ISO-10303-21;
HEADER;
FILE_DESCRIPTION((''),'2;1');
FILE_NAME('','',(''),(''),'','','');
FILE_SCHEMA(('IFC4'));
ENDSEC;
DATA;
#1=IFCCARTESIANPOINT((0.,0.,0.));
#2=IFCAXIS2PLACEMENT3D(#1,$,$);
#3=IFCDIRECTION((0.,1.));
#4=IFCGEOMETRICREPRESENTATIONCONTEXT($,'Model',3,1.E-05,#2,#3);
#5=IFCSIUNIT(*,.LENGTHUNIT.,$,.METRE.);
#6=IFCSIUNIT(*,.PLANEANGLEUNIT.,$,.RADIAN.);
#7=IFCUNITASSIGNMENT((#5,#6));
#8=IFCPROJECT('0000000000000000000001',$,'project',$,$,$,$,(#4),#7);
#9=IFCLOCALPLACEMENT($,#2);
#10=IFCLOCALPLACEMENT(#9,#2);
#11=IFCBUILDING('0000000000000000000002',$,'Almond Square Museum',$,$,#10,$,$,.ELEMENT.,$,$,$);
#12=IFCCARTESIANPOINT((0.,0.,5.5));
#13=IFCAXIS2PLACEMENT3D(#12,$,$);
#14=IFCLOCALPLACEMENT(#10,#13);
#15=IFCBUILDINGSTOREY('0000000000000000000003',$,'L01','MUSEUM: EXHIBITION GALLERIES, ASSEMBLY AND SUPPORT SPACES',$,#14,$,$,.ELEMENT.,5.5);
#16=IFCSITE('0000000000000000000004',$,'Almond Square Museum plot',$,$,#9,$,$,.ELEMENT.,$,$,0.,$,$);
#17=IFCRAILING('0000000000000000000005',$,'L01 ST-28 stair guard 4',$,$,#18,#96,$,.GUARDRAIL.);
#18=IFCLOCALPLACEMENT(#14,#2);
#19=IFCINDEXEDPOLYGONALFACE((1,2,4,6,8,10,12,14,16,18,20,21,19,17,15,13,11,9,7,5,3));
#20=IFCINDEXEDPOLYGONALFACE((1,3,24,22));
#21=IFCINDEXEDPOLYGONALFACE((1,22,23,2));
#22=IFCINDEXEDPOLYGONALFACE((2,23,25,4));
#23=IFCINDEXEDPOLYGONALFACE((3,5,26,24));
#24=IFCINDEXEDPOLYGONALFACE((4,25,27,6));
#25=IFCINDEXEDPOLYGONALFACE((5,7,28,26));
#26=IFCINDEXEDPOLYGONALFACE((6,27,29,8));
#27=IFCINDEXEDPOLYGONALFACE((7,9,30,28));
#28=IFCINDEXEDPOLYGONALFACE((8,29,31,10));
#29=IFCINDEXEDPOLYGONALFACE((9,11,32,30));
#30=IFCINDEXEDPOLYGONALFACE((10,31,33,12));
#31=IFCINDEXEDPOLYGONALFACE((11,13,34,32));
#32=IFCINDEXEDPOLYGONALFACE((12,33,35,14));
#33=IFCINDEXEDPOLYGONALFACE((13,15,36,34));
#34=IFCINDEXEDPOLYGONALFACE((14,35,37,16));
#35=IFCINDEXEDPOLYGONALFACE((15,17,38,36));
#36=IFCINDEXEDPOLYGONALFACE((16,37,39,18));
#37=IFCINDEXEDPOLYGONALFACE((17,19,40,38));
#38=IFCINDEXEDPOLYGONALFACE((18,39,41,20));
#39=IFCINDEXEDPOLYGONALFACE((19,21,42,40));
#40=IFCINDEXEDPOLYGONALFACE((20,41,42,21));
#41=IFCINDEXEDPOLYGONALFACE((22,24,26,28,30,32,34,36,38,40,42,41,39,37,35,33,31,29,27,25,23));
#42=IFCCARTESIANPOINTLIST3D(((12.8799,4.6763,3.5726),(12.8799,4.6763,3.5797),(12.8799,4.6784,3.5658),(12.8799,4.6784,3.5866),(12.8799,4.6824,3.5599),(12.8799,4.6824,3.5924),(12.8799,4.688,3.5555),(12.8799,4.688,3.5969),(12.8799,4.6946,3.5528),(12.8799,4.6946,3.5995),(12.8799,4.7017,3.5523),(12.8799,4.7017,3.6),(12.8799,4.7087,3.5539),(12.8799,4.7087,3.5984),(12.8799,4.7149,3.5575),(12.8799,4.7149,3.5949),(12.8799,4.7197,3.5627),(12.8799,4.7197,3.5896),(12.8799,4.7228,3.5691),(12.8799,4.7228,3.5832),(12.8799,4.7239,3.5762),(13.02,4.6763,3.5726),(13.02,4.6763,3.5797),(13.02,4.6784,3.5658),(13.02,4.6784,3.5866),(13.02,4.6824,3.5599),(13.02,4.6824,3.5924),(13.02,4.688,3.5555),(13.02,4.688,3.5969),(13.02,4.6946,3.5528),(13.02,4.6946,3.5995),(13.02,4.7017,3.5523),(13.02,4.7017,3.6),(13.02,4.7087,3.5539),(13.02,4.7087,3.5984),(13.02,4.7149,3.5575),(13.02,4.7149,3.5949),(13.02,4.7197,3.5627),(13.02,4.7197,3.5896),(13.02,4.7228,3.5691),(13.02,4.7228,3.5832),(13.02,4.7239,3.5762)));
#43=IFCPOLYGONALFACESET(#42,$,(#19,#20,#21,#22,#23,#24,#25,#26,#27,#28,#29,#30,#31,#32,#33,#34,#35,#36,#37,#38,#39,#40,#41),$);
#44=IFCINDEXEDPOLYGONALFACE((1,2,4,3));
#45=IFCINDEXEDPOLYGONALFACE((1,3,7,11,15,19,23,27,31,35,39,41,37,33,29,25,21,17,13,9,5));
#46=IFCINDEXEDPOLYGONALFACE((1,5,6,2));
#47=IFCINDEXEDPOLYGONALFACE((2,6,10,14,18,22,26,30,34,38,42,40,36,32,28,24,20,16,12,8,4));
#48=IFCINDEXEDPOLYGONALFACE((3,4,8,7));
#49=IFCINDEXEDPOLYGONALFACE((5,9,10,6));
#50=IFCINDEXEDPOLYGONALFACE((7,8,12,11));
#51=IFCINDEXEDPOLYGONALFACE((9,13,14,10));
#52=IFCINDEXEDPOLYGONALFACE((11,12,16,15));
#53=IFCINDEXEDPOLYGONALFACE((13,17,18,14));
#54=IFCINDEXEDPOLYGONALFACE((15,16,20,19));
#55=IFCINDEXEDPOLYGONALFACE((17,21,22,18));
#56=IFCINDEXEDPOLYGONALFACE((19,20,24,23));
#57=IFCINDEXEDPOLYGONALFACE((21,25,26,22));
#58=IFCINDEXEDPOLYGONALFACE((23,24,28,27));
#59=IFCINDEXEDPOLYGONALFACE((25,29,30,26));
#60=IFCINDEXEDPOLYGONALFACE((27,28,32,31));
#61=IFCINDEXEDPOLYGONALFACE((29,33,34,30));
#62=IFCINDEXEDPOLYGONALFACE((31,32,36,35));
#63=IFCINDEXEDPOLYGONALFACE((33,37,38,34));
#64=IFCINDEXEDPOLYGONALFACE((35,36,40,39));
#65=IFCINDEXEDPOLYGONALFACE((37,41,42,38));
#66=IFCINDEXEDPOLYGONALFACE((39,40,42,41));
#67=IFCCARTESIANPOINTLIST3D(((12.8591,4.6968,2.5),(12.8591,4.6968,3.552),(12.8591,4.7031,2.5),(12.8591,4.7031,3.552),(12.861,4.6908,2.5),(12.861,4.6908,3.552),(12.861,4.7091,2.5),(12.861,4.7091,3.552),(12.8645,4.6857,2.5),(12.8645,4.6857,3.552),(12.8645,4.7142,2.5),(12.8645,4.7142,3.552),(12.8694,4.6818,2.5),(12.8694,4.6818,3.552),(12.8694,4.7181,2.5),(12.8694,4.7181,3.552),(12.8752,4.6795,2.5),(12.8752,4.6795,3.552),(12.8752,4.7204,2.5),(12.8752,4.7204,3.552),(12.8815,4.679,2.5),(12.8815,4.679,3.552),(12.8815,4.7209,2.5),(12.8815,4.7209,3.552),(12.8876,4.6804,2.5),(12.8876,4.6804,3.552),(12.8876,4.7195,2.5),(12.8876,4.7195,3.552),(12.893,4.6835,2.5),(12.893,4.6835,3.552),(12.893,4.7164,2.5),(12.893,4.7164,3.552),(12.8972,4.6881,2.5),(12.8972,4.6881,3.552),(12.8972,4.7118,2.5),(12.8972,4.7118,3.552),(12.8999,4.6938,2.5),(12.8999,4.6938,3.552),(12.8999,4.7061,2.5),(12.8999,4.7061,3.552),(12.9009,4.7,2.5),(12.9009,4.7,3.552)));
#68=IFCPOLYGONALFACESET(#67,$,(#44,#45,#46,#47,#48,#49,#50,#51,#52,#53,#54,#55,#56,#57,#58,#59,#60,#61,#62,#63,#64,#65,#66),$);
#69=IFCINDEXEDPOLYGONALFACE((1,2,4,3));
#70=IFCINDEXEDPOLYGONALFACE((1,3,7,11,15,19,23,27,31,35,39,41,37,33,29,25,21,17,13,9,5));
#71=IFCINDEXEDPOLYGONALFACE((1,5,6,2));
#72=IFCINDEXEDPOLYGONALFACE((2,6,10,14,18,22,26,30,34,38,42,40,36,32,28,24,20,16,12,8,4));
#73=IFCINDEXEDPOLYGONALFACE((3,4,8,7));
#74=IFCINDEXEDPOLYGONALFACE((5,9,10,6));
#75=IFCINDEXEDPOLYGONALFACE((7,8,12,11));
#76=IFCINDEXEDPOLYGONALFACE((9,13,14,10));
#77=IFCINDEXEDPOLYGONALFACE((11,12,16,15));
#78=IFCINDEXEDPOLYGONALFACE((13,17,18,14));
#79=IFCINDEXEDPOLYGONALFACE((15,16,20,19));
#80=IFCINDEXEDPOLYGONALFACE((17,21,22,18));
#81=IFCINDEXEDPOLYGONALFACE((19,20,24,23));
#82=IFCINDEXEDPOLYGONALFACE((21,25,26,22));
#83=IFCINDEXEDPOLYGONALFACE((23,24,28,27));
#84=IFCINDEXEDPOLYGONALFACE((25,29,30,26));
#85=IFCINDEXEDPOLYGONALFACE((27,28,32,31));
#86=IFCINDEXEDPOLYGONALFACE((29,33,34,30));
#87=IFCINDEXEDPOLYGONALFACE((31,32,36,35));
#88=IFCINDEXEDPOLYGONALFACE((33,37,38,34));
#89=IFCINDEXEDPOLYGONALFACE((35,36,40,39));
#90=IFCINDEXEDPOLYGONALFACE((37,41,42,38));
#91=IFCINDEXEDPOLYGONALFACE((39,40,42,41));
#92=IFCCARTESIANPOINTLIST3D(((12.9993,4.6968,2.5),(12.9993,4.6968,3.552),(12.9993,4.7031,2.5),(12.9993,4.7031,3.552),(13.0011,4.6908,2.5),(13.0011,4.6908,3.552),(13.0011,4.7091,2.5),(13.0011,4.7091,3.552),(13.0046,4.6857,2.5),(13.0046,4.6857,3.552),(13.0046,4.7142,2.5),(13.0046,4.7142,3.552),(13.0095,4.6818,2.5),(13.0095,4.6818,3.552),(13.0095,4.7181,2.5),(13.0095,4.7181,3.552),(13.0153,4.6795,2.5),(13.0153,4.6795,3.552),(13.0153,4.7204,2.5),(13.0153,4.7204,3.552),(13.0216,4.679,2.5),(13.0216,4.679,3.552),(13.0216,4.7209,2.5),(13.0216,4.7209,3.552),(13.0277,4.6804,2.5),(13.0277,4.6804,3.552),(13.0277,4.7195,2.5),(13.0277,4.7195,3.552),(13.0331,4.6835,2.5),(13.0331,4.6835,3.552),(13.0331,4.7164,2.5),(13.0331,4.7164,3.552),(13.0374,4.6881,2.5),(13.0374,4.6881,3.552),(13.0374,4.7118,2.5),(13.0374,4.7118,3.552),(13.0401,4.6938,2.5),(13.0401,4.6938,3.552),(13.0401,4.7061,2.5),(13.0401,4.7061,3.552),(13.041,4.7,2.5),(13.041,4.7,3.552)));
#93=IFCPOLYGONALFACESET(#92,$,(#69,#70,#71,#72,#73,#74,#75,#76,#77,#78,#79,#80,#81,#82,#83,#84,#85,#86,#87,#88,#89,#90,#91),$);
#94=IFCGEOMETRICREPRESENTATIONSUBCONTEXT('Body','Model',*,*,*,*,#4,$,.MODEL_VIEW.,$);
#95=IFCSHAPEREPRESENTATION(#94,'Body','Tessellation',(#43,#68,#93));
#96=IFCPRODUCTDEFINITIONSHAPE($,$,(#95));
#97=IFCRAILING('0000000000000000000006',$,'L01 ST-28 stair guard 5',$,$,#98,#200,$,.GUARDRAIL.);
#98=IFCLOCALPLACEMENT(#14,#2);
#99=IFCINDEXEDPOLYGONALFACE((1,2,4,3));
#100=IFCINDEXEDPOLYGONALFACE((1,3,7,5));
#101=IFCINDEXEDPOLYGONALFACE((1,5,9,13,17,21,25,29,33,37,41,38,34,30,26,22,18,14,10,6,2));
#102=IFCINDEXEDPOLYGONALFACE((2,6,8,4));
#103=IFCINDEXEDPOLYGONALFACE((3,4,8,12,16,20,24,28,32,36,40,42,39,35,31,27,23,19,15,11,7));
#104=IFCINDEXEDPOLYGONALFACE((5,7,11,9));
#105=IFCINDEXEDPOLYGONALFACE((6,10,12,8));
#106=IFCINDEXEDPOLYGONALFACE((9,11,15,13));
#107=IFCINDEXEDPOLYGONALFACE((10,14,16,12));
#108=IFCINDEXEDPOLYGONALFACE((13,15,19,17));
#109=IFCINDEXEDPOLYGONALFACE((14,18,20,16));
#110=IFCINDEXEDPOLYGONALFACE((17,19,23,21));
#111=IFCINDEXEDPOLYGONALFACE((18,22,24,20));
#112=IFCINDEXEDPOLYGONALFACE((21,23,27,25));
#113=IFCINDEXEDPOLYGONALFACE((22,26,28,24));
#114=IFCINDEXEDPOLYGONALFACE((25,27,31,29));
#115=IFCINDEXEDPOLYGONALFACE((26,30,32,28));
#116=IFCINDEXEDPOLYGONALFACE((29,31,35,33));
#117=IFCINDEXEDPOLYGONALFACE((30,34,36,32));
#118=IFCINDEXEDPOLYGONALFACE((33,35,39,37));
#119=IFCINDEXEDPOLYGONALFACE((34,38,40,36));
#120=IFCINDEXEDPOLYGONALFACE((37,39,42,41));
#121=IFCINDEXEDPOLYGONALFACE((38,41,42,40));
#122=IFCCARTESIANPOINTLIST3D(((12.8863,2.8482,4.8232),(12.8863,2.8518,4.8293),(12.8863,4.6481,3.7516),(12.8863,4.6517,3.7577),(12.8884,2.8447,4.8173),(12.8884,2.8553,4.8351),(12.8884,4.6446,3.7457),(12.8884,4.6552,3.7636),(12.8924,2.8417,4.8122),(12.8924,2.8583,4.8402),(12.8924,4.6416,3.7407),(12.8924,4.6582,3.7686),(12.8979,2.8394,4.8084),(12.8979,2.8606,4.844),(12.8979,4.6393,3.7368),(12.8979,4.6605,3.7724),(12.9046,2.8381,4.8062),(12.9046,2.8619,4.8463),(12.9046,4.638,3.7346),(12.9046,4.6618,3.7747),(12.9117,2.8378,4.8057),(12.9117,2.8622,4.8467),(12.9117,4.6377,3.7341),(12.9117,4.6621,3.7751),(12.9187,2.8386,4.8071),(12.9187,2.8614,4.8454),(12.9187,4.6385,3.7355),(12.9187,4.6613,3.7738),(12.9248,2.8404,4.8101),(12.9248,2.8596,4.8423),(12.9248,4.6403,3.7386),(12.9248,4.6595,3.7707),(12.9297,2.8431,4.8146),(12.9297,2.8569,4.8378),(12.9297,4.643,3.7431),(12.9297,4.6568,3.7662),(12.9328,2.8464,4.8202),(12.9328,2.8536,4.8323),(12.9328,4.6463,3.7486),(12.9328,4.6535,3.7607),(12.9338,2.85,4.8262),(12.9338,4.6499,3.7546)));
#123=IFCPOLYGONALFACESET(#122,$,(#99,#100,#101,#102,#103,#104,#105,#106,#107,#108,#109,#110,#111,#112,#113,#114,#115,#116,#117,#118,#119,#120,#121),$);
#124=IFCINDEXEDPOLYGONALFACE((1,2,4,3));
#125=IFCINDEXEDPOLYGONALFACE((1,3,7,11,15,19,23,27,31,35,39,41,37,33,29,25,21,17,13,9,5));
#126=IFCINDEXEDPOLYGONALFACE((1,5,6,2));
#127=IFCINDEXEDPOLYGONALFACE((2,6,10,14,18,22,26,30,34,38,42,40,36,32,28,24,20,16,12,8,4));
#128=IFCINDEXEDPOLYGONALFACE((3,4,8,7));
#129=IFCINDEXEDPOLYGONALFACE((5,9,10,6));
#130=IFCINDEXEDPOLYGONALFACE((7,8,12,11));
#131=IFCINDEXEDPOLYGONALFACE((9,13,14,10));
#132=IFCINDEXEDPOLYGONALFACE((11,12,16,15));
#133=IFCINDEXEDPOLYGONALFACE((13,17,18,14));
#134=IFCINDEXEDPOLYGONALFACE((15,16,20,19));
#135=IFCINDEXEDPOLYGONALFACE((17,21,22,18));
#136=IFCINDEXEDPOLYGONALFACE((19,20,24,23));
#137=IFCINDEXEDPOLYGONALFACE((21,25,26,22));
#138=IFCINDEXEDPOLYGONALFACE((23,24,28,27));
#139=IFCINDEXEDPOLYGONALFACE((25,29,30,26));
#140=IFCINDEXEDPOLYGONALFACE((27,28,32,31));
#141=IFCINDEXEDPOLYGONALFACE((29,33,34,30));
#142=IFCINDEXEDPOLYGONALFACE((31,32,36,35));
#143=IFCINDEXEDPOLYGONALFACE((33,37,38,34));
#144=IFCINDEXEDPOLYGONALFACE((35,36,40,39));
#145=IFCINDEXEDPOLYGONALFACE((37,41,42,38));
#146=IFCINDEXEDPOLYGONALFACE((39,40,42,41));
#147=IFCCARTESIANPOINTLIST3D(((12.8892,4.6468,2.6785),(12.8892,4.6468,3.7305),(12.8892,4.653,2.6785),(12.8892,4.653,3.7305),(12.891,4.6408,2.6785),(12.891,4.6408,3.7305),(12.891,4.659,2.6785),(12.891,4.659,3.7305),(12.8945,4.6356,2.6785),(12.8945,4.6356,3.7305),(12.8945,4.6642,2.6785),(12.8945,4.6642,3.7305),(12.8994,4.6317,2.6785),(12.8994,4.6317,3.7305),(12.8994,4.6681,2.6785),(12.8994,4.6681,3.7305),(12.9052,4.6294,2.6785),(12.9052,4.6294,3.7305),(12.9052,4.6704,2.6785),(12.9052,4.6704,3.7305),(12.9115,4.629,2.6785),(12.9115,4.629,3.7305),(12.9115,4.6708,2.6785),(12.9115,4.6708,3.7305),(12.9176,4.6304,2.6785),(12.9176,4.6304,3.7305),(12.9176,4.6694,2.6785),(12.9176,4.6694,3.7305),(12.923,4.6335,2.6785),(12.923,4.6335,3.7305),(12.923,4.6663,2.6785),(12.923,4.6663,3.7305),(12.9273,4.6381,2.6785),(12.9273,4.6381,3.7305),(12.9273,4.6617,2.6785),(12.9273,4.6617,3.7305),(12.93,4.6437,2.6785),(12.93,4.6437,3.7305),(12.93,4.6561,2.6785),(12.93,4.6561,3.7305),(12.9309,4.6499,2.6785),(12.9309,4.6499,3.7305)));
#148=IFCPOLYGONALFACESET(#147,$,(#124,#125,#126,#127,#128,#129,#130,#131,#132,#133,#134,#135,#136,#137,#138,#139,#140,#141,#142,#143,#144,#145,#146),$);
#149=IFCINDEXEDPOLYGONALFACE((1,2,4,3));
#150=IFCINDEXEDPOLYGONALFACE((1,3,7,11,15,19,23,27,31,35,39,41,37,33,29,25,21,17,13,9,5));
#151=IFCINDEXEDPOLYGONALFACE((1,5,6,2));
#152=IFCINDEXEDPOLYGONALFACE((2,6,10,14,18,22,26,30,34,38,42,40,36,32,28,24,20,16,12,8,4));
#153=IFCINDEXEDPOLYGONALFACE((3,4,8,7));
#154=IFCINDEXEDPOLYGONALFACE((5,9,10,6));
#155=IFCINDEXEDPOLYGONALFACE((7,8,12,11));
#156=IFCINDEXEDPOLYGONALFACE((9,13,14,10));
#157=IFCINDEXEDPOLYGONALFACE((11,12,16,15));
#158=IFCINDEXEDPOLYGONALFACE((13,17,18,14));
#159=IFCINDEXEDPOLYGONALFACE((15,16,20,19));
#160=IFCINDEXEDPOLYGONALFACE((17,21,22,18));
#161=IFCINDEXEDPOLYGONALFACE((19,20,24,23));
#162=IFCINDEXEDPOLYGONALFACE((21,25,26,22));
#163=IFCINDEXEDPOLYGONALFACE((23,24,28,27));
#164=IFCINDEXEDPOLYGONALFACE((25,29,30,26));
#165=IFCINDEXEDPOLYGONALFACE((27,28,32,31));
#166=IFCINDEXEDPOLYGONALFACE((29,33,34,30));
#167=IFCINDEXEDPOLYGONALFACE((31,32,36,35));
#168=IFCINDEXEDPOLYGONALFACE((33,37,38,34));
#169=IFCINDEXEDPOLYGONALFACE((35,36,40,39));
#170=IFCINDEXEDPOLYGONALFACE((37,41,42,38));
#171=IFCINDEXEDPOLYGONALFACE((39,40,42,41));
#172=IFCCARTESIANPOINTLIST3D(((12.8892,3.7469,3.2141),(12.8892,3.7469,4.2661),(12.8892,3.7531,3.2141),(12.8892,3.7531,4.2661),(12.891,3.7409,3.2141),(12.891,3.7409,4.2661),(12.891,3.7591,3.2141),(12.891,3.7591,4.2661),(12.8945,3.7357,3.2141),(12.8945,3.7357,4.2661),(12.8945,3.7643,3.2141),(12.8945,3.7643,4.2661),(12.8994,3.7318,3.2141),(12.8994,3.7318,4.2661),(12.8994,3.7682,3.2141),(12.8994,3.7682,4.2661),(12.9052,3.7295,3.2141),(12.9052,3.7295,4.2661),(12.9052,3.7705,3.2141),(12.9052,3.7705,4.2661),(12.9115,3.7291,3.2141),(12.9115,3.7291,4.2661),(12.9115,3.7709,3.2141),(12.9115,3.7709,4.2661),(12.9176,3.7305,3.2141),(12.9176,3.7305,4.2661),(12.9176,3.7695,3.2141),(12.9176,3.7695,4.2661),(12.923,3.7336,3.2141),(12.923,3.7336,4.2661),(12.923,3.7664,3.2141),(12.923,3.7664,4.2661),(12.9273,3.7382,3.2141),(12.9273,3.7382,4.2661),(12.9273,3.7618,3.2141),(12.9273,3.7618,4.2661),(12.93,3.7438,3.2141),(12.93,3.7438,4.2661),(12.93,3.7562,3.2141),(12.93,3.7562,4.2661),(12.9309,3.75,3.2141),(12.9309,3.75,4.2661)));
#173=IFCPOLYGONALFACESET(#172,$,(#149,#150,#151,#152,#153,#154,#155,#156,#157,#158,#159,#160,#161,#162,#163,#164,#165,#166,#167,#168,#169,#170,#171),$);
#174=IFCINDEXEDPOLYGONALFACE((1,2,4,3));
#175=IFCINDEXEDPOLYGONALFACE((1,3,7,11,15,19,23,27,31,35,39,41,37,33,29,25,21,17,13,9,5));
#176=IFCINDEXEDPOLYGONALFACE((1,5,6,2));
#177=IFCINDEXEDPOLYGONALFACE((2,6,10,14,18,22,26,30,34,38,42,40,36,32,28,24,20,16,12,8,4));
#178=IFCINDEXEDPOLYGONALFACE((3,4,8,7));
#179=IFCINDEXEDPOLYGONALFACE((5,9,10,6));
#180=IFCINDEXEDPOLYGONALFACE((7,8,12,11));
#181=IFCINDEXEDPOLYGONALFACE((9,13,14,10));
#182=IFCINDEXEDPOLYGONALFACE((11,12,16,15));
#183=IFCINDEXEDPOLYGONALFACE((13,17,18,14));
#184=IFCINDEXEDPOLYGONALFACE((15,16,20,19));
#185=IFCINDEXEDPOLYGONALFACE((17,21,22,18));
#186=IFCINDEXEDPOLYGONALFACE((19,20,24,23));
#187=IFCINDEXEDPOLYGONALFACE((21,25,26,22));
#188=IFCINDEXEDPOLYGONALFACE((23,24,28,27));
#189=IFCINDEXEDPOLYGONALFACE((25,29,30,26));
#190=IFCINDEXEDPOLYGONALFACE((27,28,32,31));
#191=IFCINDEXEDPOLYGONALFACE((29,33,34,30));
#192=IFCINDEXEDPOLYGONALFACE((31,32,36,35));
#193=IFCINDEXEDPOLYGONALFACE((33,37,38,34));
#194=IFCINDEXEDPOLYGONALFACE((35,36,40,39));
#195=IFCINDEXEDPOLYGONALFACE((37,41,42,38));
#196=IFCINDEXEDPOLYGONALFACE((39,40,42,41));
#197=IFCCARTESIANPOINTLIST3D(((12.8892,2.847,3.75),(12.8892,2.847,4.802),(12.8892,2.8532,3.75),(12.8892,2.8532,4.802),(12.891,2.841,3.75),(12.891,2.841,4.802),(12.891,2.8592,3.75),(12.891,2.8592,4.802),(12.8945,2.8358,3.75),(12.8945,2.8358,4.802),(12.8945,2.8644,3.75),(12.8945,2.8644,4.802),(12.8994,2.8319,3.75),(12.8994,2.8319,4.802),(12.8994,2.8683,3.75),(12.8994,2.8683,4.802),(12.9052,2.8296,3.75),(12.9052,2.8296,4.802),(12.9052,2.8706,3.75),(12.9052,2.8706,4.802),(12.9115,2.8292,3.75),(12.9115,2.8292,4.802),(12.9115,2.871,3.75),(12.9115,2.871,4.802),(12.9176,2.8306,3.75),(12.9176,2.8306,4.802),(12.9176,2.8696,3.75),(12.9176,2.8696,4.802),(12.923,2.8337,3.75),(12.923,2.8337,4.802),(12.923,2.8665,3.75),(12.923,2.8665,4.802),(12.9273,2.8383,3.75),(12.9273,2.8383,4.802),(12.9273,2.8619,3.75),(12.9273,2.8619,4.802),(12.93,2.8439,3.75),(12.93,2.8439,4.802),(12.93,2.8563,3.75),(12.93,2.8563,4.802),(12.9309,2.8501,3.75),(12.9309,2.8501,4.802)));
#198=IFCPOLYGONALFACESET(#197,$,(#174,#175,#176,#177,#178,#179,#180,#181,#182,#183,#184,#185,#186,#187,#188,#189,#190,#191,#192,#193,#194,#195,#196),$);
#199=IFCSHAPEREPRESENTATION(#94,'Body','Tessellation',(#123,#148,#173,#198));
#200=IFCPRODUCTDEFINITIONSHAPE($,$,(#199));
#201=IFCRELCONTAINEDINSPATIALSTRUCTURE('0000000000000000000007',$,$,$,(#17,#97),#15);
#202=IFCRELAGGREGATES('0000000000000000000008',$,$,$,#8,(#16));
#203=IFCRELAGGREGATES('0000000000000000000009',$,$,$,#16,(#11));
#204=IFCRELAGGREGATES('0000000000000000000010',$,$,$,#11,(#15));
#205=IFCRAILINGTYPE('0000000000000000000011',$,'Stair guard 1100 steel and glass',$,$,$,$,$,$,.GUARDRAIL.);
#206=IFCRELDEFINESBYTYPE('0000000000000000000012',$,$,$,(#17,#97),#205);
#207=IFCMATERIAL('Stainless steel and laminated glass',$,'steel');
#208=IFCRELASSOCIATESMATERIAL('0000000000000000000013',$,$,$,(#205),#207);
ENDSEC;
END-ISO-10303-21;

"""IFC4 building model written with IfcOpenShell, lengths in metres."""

from ifc_helpers import new_model, si_unit, direction, frame, origin, origin_2d, place, context, subcontext, project, spatial, circle, extrude, material, type_object, element, save


model = new_model("IFC4")

# Units and contexts
model_context = context("Model", 3, precision=1e-05, world=origin(), true_north=direction((0.0, 1.0)))
body_context = subcontext(model_context, "Body", "Model", "MODEL_VIEW")
ifc_project = project(units=[si_unit("LENGTHUNIT", "METRE"), si_unit("PLANEANGLEUNIT", "RADIAN")], contexts=[model_context])

# Site, building, storey
site_placement = place(None, origin())
site = spatial("IfcSite", under=ifc_project, at=site_placement, Name="Almond Square Museum plot", CompositionType="ELEMENT", RefElevation=0.0)
building_placement = place(site_placement, origin())
building = spatial("IfcBuilding", under=site, at=building_placement, Name="Almond Square Museum", CompositionType="ELEMENT")
storey_placement = place(building_placement, frame((0.0, 0.0, 5.5)))
storey = spatial("IfcBuildingStorey", under=building, at=storey_placement, Name="L01", Description="MUSEUM: EXHIBITION GALLERIES, ASSEMBLY AND SUPPORT SPACES", CompositionType="ELEMENT", Elevation=5.5)

# Railings
ifc_material_1 = material(Name="Stainless steel and laminated glass", Category="steel")
railing_type_1 = type_object("IfcRailingType", Name="Stair guard 1100 steel and glass", PredefinedType="GUARDRAIL", material=ifc_material_1)
railing_1_placement = place(storey_placement, frame((12.8799, 4.7, 2.5)))
element("IfcRailing", 1, at=railing_1_placement, inside=storey, type_object=railing_type_1, Name="L01 ST-28 stair guard 4", PredefinedType="GUARDRAIL", context=body_context, shape_type="SweptSolid", body=[
    extrude(circle(Radius=0.0239, at=origin_2d()), frame((0.0, 0.0, 1.0762), z_axis=(1.0, 0.0, 0.0), x_axis=(0.0, 1.0, 0.0)), (0.0, 0.0, 1.0), 0.1401),
    extrude(circle(Radius=0.021, at=origin_2d()), origin(), (0.0, 0.0, 1.0), 1.052),
    extrude(circle(Radius=0.021, at=origin_2d()), frame((0.1401, 0.0, 0.0)), (0.0, 0.0, 1.0), 1.052),
])
railing_2_placement = place(storey_placement, frame((12.9099, 4.6499, 2.6785)))
element("IfcRailing", 2, at=railing_2_placement, inside=storey, type_object=railing_type_1, Name="L01 ST-28 stair guard 5", PredefinedType="GUARDRAIL", context=body_context, shape_type="SweptSolid", body=[
    extrude(circle(Radius=0.0239, at=origin_2d()), frame((0.0, 0.0, 1.0762), z_axis=(0.0, -0.859247, 0.511562), x_axis=(1.0, 0.0, 0.0)), (0.0, 0.0, 1.0), 2.0947),
    extrude(circle(Radius=0.021, at=origin_2d()), origin(), (0.0, 0.0, 1.0), 1.052),
    extrude(circle(Radius=0.021, at=origin_2d()), frame((0.0, -0.8999, 0.5356)), (0.0, 0.0, 1.0), 1.052),
    extrude(circle(Radius=0.021, at=origin_2d()), frame((0.0, -1.7998, 1.0715)), (0.0, 0.0, 1.0), 1.052),
])

save(model, "model.ifc")
